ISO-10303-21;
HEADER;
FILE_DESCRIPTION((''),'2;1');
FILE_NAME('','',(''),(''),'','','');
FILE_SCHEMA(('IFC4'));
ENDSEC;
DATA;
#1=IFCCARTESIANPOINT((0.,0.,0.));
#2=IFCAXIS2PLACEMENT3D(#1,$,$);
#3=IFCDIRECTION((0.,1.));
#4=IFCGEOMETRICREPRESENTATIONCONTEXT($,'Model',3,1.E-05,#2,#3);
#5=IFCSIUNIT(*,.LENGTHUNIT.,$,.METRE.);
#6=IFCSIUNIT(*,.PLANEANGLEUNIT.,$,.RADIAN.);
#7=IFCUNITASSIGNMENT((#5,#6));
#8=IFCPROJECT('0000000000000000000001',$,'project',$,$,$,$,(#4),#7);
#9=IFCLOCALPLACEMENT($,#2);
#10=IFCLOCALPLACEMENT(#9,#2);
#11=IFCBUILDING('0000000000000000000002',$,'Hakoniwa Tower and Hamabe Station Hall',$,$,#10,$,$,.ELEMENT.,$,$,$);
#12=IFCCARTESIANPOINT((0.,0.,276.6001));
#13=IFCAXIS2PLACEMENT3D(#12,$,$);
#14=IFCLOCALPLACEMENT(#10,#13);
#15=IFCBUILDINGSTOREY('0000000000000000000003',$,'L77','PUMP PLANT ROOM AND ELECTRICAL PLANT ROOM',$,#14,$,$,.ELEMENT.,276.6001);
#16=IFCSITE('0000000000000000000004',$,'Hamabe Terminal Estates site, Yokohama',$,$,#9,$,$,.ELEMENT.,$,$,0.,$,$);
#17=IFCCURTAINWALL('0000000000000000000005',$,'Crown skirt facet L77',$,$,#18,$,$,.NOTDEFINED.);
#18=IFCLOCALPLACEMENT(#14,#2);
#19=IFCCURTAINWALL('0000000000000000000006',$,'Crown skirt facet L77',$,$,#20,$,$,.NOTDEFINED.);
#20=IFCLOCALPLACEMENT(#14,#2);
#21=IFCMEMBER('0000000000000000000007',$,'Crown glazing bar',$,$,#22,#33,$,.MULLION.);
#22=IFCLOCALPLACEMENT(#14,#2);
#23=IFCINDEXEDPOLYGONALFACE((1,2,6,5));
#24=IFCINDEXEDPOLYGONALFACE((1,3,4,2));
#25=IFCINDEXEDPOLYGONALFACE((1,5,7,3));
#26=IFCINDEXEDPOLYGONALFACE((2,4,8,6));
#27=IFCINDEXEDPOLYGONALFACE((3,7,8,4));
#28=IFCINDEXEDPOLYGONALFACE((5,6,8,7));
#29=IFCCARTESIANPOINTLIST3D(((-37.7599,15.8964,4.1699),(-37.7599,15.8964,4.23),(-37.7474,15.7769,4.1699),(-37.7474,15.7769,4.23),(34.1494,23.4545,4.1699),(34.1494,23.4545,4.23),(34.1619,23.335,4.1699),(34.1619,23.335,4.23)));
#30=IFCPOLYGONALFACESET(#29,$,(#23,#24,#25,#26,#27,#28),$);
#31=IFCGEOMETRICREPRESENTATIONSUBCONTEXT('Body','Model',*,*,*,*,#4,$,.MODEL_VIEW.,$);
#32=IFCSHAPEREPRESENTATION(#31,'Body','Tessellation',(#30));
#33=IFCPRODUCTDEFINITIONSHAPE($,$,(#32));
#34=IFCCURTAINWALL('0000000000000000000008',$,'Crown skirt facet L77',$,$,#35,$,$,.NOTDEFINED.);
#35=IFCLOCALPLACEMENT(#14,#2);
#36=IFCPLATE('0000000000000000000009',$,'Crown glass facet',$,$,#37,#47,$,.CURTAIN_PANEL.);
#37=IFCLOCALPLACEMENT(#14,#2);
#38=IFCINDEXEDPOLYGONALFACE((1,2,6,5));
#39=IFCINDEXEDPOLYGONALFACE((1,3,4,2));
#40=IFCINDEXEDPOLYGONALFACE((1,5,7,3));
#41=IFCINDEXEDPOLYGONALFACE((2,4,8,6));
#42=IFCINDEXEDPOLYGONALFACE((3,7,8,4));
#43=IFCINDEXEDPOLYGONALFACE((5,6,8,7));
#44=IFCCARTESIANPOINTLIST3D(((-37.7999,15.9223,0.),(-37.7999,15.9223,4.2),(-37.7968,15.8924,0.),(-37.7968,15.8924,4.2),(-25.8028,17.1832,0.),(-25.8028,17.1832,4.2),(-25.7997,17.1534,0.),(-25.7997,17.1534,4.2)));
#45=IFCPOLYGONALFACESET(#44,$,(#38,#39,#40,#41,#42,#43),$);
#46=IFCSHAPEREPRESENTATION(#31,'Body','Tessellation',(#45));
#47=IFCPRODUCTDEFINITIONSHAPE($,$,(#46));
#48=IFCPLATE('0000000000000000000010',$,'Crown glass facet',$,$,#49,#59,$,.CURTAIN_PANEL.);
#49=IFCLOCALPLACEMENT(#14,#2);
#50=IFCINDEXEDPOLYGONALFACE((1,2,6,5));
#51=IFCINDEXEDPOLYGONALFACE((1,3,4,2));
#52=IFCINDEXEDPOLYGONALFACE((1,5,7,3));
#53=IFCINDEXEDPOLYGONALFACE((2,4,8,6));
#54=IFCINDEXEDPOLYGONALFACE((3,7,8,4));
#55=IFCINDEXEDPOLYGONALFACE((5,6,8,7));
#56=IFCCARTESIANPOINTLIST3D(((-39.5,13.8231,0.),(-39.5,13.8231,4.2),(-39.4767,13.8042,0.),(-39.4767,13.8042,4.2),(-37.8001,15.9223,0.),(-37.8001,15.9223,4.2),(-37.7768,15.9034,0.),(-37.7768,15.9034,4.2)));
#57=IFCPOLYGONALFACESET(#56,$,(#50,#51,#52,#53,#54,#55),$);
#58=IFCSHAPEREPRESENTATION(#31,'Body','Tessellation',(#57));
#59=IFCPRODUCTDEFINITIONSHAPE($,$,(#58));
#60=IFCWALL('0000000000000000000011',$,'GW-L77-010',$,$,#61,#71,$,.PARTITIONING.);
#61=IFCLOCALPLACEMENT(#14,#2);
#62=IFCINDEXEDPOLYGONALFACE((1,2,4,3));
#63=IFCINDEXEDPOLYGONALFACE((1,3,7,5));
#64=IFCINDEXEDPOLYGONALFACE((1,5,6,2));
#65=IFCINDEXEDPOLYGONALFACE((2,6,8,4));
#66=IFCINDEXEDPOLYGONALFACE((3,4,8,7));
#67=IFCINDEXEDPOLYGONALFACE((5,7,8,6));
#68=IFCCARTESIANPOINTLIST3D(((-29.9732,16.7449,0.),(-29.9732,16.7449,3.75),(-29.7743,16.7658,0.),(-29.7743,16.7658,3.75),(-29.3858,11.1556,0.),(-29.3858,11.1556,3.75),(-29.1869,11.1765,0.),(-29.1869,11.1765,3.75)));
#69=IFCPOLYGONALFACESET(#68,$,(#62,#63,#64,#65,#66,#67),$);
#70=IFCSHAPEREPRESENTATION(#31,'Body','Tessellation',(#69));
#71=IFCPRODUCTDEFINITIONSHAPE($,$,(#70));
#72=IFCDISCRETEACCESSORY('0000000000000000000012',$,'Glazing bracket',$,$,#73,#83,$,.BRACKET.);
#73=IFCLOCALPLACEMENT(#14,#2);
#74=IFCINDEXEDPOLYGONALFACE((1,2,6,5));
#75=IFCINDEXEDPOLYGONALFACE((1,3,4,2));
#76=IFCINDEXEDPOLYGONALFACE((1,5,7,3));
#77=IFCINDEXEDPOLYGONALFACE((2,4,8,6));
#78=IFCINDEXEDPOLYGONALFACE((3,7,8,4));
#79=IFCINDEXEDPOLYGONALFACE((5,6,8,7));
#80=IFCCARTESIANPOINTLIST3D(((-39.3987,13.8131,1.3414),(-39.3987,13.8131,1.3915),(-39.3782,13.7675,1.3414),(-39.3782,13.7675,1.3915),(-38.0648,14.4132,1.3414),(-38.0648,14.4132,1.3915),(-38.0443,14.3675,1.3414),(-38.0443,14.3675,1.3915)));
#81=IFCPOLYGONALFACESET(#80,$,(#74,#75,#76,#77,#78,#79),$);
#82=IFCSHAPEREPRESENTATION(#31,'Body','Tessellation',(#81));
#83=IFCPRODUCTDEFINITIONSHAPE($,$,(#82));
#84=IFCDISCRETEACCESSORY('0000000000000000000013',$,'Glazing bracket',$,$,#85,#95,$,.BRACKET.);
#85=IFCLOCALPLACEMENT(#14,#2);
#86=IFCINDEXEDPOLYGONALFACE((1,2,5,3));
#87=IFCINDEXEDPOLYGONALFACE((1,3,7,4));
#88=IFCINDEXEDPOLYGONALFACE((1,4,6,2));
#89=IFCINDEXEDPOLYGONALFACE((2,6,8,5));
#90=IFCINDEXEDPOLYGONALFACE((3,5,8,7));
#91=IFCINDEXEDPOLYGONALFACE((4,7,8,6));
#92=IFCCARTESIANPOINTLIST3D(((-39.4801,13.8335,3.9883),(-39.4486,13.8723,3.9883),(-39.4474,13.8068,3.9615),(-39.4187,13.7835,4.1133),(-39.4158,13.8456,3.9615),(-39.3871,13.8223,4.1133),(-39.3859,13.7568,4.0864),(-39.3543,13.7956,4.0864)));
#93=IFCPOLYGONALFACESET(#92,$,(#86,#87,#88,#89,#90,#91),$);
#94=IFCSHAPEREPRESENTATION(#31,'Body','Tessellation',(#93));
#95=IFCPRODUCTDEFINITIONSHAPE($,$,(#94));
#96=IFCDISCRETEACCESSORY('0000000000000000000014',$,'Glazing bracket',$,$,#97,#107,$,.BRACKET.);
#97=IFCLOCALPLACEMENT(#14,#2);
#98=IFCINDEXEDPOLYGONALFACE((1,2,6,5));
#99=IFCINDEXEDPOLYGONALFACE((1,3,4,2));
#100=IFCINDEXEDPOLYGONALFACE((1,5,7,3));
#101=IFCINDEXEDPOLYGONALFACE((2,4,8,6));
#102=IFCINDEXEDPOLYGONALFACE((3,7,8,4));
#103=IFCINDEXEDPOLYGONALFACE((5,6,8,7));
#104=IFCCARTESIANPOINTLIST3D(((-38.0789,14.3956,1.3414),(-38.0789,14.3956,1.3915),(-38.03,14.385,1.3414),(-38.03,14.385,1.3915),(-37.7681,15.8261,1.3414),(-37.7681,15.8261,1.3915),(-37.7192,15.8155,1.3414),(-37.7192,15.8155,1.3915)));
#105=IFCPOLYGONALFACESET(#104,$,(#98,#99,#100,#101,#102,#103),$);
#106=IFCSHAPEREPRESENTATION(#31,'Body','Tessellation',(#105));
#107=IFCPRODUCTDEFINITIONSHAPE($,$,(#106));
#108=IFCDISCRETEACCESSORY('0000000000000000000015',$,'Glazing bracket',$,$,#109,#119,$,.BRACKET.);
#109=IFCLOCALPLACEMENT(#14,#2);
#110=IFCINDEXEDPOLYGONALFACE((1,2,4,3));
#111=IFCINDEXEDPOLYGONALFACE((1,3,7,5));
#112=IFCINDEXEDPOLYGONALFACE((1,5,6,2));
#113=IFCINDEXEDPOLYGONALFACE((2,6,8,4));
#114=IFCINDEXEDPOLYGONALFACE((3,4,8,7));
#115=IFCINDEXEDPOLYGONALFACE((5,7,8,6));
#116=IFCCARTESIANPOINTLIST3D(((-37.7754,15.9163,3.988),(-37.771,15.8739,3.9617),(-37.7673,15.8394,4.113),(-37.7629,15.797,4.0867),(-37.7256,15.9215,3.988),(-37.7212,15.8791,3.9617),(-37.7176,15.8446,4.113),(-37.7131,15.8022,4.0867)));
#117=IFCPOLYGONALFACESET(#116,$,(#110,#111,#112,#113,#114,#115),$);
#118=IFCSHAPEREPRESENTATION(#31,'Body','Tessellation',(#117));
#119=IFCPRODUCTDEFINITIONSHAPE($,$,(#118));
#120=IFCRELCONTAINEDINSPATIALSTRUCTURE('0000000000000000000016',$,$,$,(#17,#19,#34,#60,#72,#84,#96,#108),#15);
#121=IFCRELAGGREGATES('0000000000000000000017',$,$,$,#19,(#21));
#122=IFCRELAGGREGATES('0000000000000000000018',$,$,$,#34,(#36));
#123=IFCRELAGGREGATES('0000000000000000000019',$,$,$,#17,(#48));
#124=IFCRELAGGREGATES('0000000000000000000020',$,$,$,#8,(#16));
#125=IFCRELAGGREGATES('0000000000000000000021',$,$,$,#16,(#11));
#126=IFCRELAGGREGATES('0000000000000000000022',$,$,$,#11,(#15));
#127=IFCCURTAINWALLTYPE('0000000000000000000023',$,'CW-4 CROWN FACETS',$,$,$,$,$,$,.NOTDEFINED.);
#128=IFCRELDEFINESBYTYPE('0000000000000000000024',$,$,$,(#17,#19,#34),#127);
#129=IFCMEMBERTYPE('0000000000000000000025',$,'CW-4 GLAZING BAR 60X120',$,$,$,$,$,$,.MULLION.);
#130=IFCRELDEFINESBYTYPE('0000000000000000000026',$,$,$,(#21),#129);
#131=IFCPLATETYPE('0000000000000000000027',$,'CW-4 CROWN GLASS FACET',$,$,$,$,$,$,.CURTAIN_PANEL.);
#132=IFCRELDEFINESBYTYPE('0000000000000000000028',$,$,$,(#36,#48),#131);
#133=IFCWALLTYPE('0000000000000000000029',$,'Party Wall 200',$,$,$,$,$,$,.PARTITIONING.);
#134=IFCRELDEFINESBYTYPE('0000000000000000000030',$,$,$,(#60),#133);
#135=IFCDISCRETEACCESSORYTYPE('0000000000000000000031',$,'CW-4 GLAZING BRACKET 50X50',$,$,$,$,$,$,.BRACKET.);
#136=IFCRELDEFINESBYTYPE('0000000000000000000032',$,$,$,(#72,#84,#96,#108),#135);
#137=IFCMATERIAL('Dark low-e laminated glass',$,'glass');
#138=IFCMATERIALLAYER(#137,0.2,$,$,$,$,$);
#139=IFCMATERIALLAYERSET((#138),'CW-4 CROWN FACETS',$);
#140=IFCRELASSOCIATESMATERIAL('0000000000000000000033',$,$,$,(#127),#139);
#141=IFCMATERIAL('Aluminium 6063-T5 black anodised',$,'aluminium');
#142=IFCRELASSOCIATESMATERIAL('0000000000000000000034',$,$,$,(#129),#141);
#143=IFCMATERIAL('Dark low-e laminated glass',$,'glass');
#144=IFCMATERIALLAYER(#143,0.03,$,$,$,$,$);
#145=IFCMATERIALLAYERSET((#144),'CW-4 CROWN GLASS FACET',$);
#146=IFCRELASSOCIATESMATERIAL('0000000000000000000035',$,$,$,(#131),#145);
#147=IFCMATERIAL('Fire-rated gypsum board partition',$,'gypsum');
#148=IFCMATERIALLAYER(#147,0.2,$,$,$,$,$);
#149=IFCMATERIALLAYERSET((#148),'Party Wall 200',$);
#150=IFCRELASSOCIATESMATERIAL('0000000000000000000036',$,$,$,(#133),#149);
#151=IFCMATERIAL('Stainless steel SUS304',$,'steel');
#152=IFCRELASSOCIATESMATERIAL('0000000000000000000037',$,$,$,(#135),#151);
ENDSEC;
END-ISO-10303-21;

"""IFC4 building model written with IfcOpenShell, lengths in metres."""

from ifc_helpers import new_model, si_unit, direction, frame, frame_2d, origin, origin_2d, place, context, subcontext, project, spatial, rectangle, extrude, material, layer, layer_set, material_profile, profile_set, type_object, element, aggregate, save


model = new_model("IFC4")

# Units and contexts
model_context = context("Model", 3, precision=1e-05, world=origin(), true_north=direction((0.0, 1.0)))
body_context = subcontext(model_context, "Body", "Model", "MODEL_VIEW")
ifc_project = project(units=[si_unit("LENGTHUNIT", "METRE"), si_unit("PLANEANGLEUNIT", "RADIAN")], contexts=[model_context])

# Site, building, storey
site_placement = place(None, origin())
site = spatial("IfcSite", under=ifc_project, at=site_placement, Name="Hamabe Terminal Estates site, Yokohama", CompositionType="ELEMENT", RefElevation=0.0)
building_placement = place(site_placement, origin())
building = spatial("IfcBuilding", under=site, at=building_placement, Name="Hakoniwa Tower and Hamabe Station Hall", CompositionType="ELEMENT")
storey_placement = place(building_placement, frame((0.0, 0.0, 276.6001)))
storey = spatial("IfcBuildingStorey", under=building, at=storey_placement, Name="L77", Description="PUMP PLANT ROOM AND ELECTRICAL PLANT ROOM", CompositionType="ELEMENT", Elevation=276.6001)

# Curtain walls
ifc_material_1 = material(Name="Dark low-e laminated glass", Category="glass")
ifc_layer_1 = layer(ifc_material_1, 0.2)
ifc_layer_set_1 = layer_set([ifc_layer_1], Name="CW-4 CROWN FACETS")
curtain_wall_type = type_object("IfcCurtainWallType", Name="CW-4 CROWN FACETS", PredefinedType="NOTDEFINED", material=ifc_layer_set_1)
curtain_wall_1_placement = place(storey_placement, origin())
curtain_wall_1 = element("IfcCurtainWall", 1, at=curtain_wall_1_placement, inside=storey, type_object=curtain_wall_type, Name="Crown skirt facet L77", PredefinedType="NOTDEFINED")
ifc_material_2 = material(Name="Aluminium 6063-T5 black anodised", Category="aluminium")
ifc_material_profile_1 = material_profile(ifc_material_2, rectangle(XDim=0.0601, YDim=0.1201, at=origin_2d()), Name="CW-4 GLAZING BAR 60X120")
ifc_profile_set_1 = profile_set([ifc_material_profile_1], Name="Aluminium 6063-T5 black anodised")
member_type = type_object("IfcMemberType", Name="CW-4 GLAZING BAR 60X120", PredefinedType="MULLION", material=ifc_profile_set_1)
curtain_wall_2_placement = place(storey_placement, origin())
curtain_wall_2 = element("IfcCurtainWall", 2, at=curtain_wall_2_placement, inside=storey, type_object=curtain_wall_type, Name="Crown skirt facet L77", PredefinedType="NOTDEFINED")

# Member
member_1_placement = place(storey_placement, frame((-37.7537, 15.8367, 4.2), z_axis=(0.994522, 0.10453, 0.0), x_axis=(0.0, 0.0, -1.0)))
member_1 = element("IfcMember", 3, at=member_1_placement, type_object=member_type, Name="Crown glazing bar", PredefinedType="MULLION", context=body_context, shape_type="SweptSolid", body=[
    extrude(rectangle(XDim=0.0601, YDim=0.1201, at=origin_2d()), origin(), (0.0, 0.0, 1.0), 72.3054),
])
aggregate(curtain_wall_2, [member_1])

# Curtain wall, plate
curtain_wall_3_placement = place(storey_placement, origin())
curtain_wall_3 = element("IfcCurtainWall", 4, at=curtain_wall_3_placement, inside=storey, type_object=curtain_wall_type, Name="Crown skirt facet L77", PredefinedType="NOTDEFINED")
ifc_material_3 = material(Name="Dark low-e laminated glass", Category="glass")
ifc_layer_2 = layer(ifc_material_3, 0.03)
ifc_layer_set_2 = layer_set([ifc_layer_2], Name="CW-4 CROWN GLASS FACET")
plate_type = type_object("IfcPlateType", Name="CW-4 CROWN GLASS FACET", PredefinedType="CURTAIN_PANEL", material=ifc_layer_set_2)
plate_1_placement = place(storey_placement, frame((-31.7998, 16.5378, 0.0), z_axis=(0.0, 0.0, 1.0), x_axis=(-0.994522, -0.104528, 0.0)))
plate_1 = element("IfcPlate", 5, at=plate_1_placement, type_object=plate_type, Name="Crown glass facet", PredefinedType="CURTAIN_PANEL", context=body_context, shape_type="SweptSolid", body=[
    extrude(rectangle(XDim=12.0632, YDim=0.03, at=origin_2d()), origin(), (0.0, 0.0, 1.0), 4.2),
])
aggregate(curtain_wall_3, [plate_1])

# Plate
plate_2_placement = place(storey_placement, frame((-38.6384, 14.8633, 0.0), z_axis=(0.0, 0.0, 1.0), x_axis=(-0.62932, -0.777146, 0.0)))
plate_2 = element("IfcPlate", 6, at=plate_2_placement, type_object=plate_type, Name="Crown glass facet", PredefinedType="CURTAIN_PANEL", context=body_context, shape_type="SweptSolid", body=[
    extrude(rectangle(XDim=2.7012, YDim=0.03, at=origin_2d()), origin(), (0.0, 0.0, 1.0), 4.2),
])
aggregate(curtain_wall_1, [plate_2])

# Wall
ifc_material_4 = material(Name="Fire-rated gypsum board partition", Category="gypsum")
ifc_layer_3 = layer(ifc_material_4, 0.2)
ifc_layer_set_3 = layer_set([ifc_layer_3], Name="Party Wall 200")
wall_type = type_object("IfcWallType", Name="Party Wall 200", PredefinedType="PARTITIONING", material=ifc_layer_set_3)
wall_placement = place(storey_placement, frame((-29.2864, 11.166, 0.0), z_axis=(0.0, 0.0, 1.0), x_axis=(-0.104517, 0.994523, 0.0)))
element("IfcWall", 7, at=wall_placement, inside=storey, type_object=wall_type, Name="GW-L77-010", PredefinedType="PARTITIONING", context=body_context, shape_type="SweptSolid", body=[
    extrude(rectangle(XDim=5.6201, YDim=0.2, at=frame_2d((2.8101, 0.0))), origin(), (0.0, 0.0, 1.0), 3.75),
])

# Discrete accessories
ifc_material_5 = material(Name="Stainless steel SUS304", Category="steel")
ifc_material_profile_2 = material_profile(ifc_material_5, rectangle(XDim=0.05, YDim=0.05, at=origin_2d()), Name="CW-4 GLAZING BRACKET 50X50")
ifc_profile_set_2 = profile_set([ifc_material_profile_2], Name="Stainless steel SUS304")
discrete_accessory_type = type_object("IfcDiscreteAccessoryType", Name="CW-4 GLAZING BRACKET 50X50", PredefinedType="BRACKET", material=ifc_profile_set_2)
discrete_accessory_1_placement = place(storey_placement, frame((-39.3884, 13.7903, 1.3665), z_axis=(0.911971, 0.410254, 0.0), x_axis=(-0.410254, 0.911971, 0.0)))
element("IfcDiscreteAccessory", 8, at=discrete_accessory_1_placement, inside=storey, type_object=discrete_accessory_type, Name="Glazing bracket", PredefinedType="BRACKET", context=body_context, shape_type="SweptSolid", body=[
    extrude(rectangle(XDim=0.05, YDim=0.05, at=origin_2d()), origin(), (0.0, 0.0, 1.0), 1.4626),
])
discrete_accessory_2_placement = place(storey_placement, frame((-39.3865, 13.7896, 4.0999), z_axis=(-0.415594, 0.338083, -0.844382), x_axis=(-0.631056, -0.775737, 0.0)))
element("IfcDiscreteAccessory", 9, at=discrete_accessory_2_placement, inside=storey, type_object=discrete_accessory_type, Name="Glazing bracket", PredefinedType="BRACKET", context=body_context, shape_type="SweptSolid", body=[
    extrude(rectangle(XDim=0.05, YDim=0.05, at=origin_2d()), origin(), (0.0, 0.0, 1.0), 0.1479),
])
discrete_accessory_3_placement = place(storey_placement, frame((-37.7437, 15.8208, 1.3665), z_axis=(-0.212319, -0.9772, 0.0), x_axis=(0.9772, -0.212319, 0.0)))
element("IfcDiscreteAccessory", 10, at=discrete_accessory_3_placement, inside=storey, type_object=discrete_accessory_type, Name="Glazing bracket", PredefinedType="BRACKET", context=body_context, shape_type="SweptSolid", body=[
    extrude(rectangle(XDim=0.05, YDim=0.05, at=origin_2d()), origin(), (0.0, 0.0, 1.0), 1.4639),
])
discrete_accessory_4_placement = place(storey_placement, frame((-37.7402, 15.8208, 4.0999), z_axis=(-0.054813, 0.523217, -0.850435), x_axis=(-0.994557, -0.104192, 0.0)))
element("IfcDiscreteAccessory", 11, at=discrete_accessory_4_placement, inside=storey, type_object=discrete_accessory_type, Name="Glazing bracket", PredefinedType="BRACKET", context=body_context, shape_type="SweptSolid", body=[
    extrude(rectangle(XDim=0.05, YDim=0.05, at=origin_2d()), origin(), (0.0, 0.0, 1.0), 0.147),
])

save(model, "model.ifc")
